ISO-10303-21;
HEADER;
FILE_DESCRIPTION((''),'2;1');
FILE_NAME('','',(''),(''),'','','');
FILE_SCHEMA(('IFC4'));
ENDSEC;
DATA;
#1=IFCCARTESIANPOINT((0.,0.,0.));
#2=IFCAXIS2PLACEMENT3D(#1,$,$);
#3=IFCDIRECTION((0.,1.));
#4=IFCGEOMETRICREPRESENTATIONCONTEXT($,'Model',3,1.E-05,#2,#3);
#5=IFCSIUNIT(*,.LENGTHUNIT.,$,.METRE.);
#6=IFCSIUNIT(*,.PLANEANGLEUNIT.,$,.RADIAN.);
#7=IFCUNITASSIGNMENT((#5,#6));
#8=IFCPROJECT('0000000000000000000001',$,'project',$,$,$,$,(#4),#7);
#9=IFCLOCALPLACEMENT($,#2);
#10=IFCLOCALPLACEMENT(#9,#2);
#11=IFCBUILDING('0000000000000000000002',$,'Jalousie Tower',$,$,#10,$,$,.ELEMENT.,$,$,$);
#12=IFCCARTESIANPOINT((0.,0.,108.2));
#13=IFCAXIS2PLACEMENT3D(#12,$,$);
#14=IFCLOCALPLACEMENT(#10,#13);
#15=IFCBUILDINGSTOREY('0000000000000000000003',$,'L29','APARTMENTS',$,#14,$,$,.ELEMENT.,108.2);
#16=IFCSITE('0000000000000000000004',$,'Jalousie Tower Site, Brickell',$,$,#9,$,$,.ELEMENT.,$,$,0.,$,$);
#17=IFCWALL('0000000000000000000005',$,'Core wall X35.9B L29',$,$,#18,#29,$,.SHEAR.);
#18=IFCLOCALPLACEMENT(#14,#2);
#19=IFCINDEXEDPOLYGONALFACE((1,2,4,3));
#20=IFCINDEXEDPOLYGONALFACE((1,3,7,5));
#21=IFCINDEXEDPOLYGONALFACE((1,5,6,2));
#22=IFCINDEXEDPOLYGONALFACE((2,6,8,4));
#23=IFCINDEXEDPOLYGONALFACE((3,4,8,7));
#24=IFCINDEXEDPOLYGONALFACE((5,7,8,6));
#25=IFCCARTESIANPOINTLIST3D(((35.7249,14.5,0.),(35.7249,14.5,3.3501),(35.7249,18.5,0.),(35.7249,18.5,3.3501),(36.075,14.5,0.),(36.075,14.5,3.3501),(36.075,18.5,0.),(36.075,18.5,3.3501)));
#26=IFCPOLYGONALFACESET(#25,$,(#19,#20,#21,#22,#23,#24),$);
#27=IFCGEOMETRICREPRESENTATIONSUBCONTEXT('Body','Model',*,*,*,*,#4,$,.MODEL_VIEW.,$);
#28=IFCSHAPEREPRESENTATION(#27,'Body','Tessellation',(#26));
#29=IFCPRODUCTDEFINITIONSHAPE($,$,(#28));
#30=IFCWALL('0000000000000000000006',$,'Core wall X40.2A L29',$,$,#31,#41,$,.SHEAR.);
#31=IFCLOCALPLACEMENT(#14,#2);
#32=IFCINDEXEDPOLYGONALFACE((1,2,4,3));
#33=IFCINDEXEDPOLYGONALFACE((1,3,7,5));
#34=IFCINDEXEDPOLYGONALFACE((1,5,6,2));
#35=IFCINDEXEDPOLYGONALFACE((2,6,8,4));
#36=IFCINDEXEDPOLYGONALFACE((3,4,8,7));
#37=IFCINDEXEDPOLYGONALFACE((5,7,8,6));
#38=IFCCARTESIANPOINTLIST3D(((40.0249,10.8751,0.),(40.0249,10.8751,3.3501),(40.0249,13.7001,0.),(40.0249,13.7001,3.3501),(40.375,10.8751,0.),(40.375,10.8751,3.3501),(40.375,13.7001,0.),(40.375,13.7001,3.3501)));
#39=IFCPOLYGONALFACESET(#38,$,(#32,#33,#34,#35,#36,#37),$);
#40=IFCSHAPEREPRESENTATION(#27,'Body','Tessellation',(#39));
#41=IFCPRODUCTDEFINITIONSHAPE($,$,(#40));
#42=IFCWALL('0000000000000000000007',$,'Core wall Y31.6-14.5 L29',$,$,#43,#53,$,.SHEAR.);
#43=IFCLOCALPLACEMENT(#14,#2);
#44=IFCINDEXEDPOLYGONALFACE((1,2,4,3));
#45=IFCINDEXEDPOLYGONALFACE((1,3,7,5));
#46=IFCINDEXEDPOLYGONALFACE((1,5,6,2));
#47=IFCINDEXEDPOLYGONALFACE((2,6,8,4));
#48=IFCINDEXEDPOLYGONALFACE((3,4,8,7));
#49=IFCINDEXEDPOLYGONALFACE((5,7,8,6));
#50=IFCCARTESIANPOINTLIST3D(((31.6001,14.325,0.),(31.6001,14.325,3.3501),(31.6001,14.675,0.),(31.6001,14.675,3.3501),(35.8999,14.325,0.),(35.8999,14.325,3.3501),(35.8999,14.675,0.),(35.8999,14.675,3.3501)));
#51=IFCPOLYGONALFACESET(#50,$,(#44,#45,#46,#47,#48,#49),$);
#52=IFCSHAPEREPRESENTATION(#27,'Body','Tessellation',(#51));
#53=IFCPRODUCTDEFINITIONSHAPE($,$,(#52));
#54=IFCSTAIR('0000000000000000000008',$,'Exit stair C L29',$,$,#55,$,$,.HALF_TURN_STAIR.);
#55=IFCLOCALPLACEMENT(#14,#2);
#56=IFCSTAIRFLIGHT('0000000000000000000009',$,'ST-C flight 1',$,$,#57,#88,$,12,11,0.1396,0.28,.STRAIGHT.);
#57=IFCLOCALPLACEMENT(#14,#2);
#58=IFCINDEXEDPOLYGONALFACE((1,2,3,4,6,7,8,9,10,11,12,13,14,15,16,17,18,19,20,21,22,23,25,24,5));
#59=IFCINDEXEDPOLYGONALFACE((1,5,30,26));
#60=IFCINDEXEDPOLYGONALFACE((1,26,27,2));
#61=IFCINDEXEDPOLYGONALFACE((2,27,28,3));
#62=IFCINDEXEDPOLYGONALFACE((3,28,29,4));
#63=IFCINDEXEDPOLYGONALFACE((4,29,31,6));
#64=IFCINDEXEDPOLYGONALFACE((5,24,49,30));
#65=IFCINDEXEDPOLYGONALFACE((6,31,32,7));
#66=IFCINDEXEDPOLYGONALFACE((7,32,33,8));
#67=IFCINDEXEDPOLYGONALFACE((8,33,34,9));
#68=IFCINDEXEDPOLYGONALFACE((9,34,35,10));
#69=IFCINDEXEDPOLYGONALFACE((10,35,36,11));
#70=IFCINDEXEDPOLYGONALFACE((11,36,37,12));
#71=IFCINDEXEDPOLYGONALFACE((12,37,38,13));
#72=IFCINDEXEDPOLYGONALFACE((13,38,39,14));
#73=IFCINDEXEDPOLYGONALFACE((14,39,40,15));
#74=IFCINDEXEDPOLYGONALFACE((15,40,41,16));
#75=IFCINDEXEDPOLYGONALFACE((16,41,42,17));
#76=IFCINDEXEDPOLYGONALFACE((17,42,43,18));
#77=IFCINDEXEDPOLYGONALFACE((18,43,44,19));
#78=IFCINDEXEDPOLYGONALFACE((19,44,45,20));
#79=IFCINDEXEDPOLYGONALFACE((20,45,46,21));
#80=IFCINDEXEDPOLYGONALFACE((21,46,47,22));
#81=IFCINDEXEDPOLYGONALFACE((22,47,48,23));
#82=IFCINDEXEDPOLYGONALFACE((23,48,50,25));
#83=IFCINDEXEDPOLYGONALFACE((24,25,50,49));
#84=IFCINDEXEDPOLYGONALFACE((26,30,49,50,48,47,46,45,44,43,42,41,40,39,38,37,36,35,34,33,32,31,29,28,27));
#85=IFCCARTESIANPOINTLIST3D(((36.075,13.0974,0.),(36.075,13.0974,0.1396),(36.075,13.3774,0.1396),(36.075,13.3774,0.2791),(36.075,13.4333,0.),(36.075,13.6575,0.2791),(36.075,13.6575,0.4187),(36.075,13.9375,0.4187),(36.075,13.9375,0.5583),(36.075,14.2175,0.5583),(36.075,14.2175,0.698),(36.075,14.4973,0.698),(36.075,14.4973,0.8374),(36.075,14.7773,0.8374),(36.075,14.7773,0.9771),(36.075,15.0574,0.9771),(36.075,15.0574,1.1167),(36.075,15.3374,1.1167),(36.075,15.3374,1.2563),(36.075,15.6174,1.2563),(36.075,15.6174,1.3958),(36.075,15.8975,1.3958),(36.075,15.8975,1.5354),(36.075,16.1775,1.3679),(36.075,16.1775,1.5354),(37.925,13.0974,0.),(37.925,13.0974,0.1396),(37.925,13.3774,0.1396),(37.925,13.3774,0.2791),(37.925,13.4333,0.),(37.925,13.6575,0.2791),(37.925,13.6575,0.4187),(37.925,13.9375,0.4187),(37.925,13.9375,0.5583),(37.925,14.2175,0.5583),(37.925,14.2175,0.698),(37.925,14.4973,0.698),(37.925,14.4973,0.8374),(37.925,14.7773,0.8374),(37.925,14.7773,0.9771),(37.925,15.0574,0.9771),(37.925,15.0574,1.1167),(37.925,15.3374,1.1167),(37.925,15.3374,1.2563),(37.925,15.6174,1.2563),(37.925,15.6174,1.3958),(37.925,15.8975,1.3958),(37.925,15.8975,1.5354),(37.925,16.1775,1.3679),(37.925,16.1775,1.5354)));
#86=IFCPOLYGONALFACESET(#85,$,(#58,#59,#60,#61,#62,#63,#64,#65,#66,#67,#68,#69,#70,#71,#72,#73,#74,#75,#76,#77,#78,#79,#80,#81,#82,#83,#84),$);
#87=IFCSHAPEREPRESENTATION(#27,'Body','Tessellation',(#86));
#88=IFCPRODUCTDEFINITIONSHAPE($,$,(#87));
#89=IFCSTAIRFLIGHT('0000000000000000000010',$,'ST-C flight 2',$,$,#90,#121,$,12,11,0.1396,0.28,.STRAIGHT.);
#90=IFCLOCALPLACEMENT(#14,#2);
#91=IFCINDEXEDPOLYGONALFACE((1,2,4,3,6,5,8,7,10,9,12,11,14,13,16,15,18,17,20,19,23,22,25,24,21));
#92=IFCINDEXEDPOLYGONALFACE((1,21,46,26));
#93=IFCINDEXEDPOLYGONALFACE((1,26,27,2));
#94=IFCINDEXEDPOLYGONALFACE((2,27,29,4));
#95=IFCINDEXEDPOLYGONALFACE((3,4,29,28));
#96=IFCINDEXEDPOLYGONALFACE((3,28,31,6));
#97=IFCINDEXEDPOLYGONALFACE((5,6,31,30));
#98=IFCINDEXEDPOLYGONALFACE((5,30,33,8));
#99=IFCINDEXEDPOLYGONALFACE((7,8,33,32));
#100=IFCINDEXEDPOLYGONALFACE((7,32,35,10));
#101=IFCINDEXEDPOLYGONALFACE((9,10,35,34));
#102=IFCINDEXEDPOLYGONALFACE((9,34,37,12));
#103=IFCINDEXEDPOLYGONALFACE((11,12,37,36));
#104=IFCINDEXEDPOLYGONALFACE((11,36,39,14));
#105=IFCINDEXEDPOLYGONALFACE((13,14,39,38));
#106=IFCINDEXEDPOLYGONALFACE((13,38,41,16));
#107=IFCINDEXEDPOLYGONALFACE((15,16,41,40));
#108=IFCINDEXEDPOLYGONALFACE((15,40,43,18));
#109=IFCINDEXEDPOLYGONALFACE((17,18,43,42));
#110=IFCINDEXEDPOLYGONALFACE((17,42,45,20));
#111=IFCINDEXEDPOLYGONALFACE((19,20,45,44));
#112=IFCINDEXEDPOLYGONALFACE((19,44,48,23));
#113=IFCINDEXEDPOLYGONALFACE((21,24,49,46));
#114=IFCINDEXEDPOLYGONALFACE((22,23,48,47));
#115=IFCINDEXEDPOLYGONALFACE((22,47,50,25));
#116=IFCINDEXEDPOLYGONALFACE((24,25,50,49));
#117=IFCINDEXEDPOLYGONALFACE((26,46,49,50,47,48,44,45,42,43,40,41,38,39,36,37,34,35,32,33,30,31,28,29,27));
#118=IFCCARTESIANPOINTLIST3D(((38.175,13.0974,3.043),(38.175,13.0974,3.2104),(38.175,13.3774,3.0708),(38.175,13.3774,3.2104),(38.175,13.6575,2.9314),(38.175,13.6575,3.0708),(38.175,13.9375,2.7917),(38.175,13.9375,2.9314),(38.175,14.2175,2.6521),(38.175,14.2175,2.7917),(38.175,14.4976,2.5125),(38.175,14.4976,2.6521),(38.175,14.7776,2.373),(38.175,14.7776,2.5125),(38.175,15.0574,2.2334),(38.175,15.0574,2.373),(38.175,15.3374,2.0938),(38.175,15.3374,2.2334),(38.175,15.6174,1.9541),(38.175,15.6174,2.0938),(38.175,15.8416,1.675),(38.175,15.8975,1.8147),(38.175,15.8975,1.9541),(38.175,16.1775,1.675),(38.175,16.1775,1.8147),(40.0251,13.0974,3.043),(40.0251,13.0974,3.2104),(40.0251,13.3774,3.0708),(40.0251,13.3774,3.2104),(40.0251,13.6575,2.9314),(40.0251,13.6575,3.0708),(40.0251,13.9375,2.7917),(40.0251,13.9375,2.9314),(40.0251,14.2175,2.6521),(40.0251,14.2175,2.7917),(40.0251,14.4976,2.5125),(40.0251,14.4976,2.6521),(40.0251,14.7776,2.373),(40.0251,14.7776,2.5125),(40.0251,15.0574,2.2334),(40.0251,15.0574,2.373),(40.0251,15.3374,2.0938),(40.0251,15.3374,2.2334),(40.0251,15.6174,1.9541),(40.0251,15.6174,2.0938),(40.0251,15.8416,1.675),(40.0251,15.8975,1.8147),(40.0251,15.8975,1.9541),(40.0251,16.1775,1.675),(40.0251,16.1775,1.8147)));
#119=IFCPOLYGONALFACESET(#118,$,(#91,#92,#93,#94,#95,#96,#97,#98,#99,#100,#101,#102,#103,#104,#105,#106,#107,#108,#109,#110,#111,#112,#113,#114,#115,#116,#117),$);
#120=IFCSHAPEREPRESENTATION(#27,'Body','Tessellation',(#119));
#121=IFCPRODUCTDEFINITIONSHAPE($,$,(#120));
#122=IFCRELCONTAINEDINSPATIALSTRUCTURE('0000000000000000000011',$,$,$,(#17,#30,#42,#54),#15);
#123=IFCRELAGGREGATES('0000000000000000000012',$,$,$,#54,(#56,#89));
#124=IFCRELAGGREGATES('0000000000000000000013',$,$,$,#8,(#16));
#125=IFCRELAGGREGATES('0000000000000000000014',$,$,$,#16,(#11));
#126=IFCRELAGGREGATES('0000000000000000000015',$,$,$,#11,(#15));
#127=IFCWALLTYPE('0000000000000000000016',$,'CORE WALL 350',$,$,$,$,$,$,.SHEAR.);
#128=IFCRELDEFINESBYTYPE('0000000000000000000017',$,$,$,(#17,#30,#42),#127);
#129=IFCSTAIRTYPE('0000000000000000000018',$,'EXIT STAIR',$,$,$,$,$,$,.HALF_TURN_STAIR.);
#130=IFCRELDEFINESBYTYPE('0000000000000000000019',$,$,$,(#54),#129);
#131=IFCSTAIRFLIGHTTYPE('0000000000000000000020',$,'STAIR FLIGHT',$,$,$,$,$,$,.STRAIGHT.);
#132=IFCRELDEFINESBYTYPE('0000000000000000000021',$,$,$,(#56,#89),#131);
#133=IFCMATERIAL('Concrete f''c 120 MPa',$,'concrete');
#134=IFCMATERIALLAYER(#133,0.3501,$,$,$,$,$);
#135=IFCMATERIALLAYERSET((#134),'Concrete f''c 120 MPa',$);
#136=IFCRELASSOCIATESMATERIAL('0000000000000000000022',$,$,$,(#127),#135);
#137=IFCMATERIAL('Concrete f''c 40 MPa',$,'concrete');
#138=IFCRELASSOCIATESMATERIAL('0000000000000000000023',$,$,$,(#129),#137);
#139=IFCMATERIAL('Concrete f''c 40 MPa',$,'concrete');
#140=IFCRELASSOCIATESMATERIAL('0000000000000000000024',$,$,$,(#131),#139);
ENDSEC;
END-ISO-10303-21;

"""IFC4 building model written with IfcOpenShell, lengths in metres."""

from ifc_helpers import new_model, si_unit, direction, frame, frame_2d, origin, place, context, subcontext, project, spatial, polyline, rectangle, outline, extrude, material, layer, layer_set, type_object, element, aggregate, save


model = new_model("IFC4")

# Units and contexts
model_context = context("Model", 3, precision=1e-05, world=origin(), true_north=direction((0.0, 1.0)))
body_context = subcontext(model_context, "Body", "Model", "MODEL_VIEW")
ifc_project = project(units=[si_unit("LENGTHUNIT", "METRE"), si_unit("PLANEANGLEUNIT", "RADIAN")], contexts=[model_context])

# Site, building, storey
site_placement = place(None, origin())
site = spatial("IfcSite", under=ifc_project, at=site_placement, Name="Jalousie Tower Site, Brickell", CompositionType="ELEMENT", RefElevation=0.0)
building_placement = place(site_placement, origin())
building = spatial("IfcBuilding", under=site, at=building_placement, Name="Jalousie Tower", CompositionType="ELEMENT")
storey_placement = place(building_placement, frame((0.0, 0.0, 108.2)))
storey = spatial("IfcBuildingStorey", under=building, at=storey_placement, Name="L29", Description="APARTMENTS", CompositionType="ELEMENT", Elevation=108.2)

# Shared definitions
ifc_material_1 = material(Name="Concrete f'c 120 MPa", Category="concrete")
ifc_layer = layer(ifc_material_1, 0.3501)
ifc_layer_set = layer_set([ifc_layer], Name="Concrete f'c 120 MPa")
wall_type = type_object("IfcWallType", Name="CORE WALL 350", PredefinedType="SHEAR", material=ifc_layer_set)

# Walls
wall_1_placement = place(storey_placement, frame((35.8999, 14.5, 0.0), z_axis=(0.0, 0.0, 1.0), x_axis=(0.0, 1.0, 0.0)))
element("IfcWall", 1, at=wall_1_placement, inside=storey, type_object=wall_type, Name="Core wall X35.9B L29", PredefinedType="SHEAR", context=body_context, shape_type="SweptSolid", body=[
    extrude(rectangle(XDim=4.0, YDim=0.3501, at=frame_2d((2.0, 0.0))), origin(), (0.0, 0.0, 1.0), 3.3501),
])
wall_2_placement = place(storey_placement, frame((40.2, 10.875, 0.0), z_axis=(0.0, 0.0, 1.0), x_axis=(0.0, 1.0, 0.0)))
element("IfcWall", 2, at=wall_2_placement, inside=storey, type_object=wall_type, Name="Core wall X40.2A L29", PredefinedType="SHEAR", context=body_context, shape_type="SweptSolid", body=[
    extrude(rectangle(XDim=2.825, YDim=0.3501, at=frame_2d((1.4126, 0.0))), origin(), (0.0, 0.0, 1.0), 3.3501),
])
wall_3_placement = place(storey_placement, frame((31.6001, 14.5, 0.0), z_axis=(0.0, 0.0, 1.0), x_axis=(1.0, 0.0, 0.0)))
element("IfcWall", 3, at=wall_3_placement, inside=storey, type_object=wall_type, Name="Core wall Y31.6-14.5 L29", PredefinedType="SHEAR", context=body_context, shape_type="SweptSolid", body=[
    extrude(rectangle(XDim=4.2998, YDim=0.3501, at=frame_2d((2.1499, 0.0))), origin(), (0.0, 0.0, 1.0), 3.3501),
])

# Stair, stair flights
ifc_material_2 = material(Name="Concrete f'c 40 MPa", Category="concrete")
stair_type = type_object("IfcStairType", Name="EXIT STAIR", PredefinedType="HALF_TURN_STAIR", material=ifc_material_2)
stair_placement = place(storey_placement, origin())
stair = element("IfcStair", 4, at=stair_placement, inside=storey, type_object=stair_type, Name="Exit stair C L29", PredefinedType="HALF_TURN_STAIR")
ifc_material_3 = material(Name="Concrete f'c 40 MPa", Category="concrete")
stair_flight_type = type_object("IfcStairFlightType", Name="STAIR FLIGHT", PredefinedType="STRAIGHT", material=ifc_material_3)
stair_flight_1_placement = place(storey_placement, frame((37.0, 13.0974, 0.0), z_axis=(0.0, 0.0, 1.0), x_axis=(0.0, 1.0, 0.0)))
stair_flight_1 = element("IfcStairFlight", 5, at=stair_flight_1_placement, type_object=stair_flight_type, Name="ST-C flight 1", NumberOfRisers=12, NumberOfTreads=11, PredefinedType="STRAIGHT", RiserHeight=0.1396, TreadLength=0.28, context=body_context, shape_type="SweptSolid", body=[
    extrude(outline(polyline([(0.0, 0.0), (0.0, 0.1396), (0.28, 0.1396), (0.28, 0.2791), (0.5601, 0.2791), (0.5601, 0.4187), (0.8401, 0.4187), (0.8401, 0.5583), (1.1201, 0.5583), (1.1201, 0.698), (1.3999, 0.698), (1.3999, 0.8374), (1.6799, 0.8374), (1.6799, 0.9771), (1.96, 0.9771), (1.96, 1.1167), (2.24, 1.1167), (2.24, 1.2563), (2.52, 1.2563), (2.52, 1.3958), (2.8, 1.3958), (2.8, 1.5354), (3.0801, 1.5354), (3.0801, 1.675), (3.0801, 1.3679), (0.3359, 0.0), (0.0, 0.0)])), frame((0.0, 0.925, 0.0), z_axis=(0.0, -1.0, 0.0), x_axis=(1.0, 0.0, 0.0)), (0.0, 0.0, 1.0), 1.8501),
])
stair_flight_2_placement = place(storey_placement, frame((39.1001, 16.1775, 1.675), z_axis=(0.0, 0.0, 1.0), x_axis=(0.0, -1.0, 0.0)))
stair_flight_2 = element("IfcStairFlight", 6, at=stair_flight_2_placement, type_object=stair_flight_type, Name="ST-C flight 2", NumberOfRisers=12, NumberOfTreads=11, PredefinedType="STRAIGHT", RiserHeight=0.1396, TreadLength=0.28, context=body_context, shape_type="SweptSolid", body=[
    extrude(outline(polyline([(0.0, 0.0), (0.0, 0.1396), (0.28, 0.1396), (0.28, 0.2791), (0.5601, 0.2791), (0.5601, 0.4187), (0.8401, 0.4187), (0.8401, 0.5583), (1.1201, 0.5583), (1.1201, 0.698), (1.3999, 0.698), (1.3999, 0.8374), (1.6799, 0.8374), (1.6799, 0.9771), (1.96, 0.9771), (1.96, 1.1167), (2.24, 1.1167), (2.24, 1.2563), (2.52, 1.2563), (2.52, 1.3958), (2.8, 1.3958), (2.8, 1.5354), (3.0801, 1.5354), (3.0801, 1.675), (3.0801, 1.3679), (0.3359, 0.0), (0.0, 0.0)])), frame((0.0, 0.925, 0.0), z_axis=(0.0, -1.0, 0.0), x_axis=(1.0, 0.0, 0.0)), (0.0, 0.0, 1.0), 1.8501),
])
aggregate(stair, [stair_flight_1, stair_flight_2])

save(model, "model.ifc")
